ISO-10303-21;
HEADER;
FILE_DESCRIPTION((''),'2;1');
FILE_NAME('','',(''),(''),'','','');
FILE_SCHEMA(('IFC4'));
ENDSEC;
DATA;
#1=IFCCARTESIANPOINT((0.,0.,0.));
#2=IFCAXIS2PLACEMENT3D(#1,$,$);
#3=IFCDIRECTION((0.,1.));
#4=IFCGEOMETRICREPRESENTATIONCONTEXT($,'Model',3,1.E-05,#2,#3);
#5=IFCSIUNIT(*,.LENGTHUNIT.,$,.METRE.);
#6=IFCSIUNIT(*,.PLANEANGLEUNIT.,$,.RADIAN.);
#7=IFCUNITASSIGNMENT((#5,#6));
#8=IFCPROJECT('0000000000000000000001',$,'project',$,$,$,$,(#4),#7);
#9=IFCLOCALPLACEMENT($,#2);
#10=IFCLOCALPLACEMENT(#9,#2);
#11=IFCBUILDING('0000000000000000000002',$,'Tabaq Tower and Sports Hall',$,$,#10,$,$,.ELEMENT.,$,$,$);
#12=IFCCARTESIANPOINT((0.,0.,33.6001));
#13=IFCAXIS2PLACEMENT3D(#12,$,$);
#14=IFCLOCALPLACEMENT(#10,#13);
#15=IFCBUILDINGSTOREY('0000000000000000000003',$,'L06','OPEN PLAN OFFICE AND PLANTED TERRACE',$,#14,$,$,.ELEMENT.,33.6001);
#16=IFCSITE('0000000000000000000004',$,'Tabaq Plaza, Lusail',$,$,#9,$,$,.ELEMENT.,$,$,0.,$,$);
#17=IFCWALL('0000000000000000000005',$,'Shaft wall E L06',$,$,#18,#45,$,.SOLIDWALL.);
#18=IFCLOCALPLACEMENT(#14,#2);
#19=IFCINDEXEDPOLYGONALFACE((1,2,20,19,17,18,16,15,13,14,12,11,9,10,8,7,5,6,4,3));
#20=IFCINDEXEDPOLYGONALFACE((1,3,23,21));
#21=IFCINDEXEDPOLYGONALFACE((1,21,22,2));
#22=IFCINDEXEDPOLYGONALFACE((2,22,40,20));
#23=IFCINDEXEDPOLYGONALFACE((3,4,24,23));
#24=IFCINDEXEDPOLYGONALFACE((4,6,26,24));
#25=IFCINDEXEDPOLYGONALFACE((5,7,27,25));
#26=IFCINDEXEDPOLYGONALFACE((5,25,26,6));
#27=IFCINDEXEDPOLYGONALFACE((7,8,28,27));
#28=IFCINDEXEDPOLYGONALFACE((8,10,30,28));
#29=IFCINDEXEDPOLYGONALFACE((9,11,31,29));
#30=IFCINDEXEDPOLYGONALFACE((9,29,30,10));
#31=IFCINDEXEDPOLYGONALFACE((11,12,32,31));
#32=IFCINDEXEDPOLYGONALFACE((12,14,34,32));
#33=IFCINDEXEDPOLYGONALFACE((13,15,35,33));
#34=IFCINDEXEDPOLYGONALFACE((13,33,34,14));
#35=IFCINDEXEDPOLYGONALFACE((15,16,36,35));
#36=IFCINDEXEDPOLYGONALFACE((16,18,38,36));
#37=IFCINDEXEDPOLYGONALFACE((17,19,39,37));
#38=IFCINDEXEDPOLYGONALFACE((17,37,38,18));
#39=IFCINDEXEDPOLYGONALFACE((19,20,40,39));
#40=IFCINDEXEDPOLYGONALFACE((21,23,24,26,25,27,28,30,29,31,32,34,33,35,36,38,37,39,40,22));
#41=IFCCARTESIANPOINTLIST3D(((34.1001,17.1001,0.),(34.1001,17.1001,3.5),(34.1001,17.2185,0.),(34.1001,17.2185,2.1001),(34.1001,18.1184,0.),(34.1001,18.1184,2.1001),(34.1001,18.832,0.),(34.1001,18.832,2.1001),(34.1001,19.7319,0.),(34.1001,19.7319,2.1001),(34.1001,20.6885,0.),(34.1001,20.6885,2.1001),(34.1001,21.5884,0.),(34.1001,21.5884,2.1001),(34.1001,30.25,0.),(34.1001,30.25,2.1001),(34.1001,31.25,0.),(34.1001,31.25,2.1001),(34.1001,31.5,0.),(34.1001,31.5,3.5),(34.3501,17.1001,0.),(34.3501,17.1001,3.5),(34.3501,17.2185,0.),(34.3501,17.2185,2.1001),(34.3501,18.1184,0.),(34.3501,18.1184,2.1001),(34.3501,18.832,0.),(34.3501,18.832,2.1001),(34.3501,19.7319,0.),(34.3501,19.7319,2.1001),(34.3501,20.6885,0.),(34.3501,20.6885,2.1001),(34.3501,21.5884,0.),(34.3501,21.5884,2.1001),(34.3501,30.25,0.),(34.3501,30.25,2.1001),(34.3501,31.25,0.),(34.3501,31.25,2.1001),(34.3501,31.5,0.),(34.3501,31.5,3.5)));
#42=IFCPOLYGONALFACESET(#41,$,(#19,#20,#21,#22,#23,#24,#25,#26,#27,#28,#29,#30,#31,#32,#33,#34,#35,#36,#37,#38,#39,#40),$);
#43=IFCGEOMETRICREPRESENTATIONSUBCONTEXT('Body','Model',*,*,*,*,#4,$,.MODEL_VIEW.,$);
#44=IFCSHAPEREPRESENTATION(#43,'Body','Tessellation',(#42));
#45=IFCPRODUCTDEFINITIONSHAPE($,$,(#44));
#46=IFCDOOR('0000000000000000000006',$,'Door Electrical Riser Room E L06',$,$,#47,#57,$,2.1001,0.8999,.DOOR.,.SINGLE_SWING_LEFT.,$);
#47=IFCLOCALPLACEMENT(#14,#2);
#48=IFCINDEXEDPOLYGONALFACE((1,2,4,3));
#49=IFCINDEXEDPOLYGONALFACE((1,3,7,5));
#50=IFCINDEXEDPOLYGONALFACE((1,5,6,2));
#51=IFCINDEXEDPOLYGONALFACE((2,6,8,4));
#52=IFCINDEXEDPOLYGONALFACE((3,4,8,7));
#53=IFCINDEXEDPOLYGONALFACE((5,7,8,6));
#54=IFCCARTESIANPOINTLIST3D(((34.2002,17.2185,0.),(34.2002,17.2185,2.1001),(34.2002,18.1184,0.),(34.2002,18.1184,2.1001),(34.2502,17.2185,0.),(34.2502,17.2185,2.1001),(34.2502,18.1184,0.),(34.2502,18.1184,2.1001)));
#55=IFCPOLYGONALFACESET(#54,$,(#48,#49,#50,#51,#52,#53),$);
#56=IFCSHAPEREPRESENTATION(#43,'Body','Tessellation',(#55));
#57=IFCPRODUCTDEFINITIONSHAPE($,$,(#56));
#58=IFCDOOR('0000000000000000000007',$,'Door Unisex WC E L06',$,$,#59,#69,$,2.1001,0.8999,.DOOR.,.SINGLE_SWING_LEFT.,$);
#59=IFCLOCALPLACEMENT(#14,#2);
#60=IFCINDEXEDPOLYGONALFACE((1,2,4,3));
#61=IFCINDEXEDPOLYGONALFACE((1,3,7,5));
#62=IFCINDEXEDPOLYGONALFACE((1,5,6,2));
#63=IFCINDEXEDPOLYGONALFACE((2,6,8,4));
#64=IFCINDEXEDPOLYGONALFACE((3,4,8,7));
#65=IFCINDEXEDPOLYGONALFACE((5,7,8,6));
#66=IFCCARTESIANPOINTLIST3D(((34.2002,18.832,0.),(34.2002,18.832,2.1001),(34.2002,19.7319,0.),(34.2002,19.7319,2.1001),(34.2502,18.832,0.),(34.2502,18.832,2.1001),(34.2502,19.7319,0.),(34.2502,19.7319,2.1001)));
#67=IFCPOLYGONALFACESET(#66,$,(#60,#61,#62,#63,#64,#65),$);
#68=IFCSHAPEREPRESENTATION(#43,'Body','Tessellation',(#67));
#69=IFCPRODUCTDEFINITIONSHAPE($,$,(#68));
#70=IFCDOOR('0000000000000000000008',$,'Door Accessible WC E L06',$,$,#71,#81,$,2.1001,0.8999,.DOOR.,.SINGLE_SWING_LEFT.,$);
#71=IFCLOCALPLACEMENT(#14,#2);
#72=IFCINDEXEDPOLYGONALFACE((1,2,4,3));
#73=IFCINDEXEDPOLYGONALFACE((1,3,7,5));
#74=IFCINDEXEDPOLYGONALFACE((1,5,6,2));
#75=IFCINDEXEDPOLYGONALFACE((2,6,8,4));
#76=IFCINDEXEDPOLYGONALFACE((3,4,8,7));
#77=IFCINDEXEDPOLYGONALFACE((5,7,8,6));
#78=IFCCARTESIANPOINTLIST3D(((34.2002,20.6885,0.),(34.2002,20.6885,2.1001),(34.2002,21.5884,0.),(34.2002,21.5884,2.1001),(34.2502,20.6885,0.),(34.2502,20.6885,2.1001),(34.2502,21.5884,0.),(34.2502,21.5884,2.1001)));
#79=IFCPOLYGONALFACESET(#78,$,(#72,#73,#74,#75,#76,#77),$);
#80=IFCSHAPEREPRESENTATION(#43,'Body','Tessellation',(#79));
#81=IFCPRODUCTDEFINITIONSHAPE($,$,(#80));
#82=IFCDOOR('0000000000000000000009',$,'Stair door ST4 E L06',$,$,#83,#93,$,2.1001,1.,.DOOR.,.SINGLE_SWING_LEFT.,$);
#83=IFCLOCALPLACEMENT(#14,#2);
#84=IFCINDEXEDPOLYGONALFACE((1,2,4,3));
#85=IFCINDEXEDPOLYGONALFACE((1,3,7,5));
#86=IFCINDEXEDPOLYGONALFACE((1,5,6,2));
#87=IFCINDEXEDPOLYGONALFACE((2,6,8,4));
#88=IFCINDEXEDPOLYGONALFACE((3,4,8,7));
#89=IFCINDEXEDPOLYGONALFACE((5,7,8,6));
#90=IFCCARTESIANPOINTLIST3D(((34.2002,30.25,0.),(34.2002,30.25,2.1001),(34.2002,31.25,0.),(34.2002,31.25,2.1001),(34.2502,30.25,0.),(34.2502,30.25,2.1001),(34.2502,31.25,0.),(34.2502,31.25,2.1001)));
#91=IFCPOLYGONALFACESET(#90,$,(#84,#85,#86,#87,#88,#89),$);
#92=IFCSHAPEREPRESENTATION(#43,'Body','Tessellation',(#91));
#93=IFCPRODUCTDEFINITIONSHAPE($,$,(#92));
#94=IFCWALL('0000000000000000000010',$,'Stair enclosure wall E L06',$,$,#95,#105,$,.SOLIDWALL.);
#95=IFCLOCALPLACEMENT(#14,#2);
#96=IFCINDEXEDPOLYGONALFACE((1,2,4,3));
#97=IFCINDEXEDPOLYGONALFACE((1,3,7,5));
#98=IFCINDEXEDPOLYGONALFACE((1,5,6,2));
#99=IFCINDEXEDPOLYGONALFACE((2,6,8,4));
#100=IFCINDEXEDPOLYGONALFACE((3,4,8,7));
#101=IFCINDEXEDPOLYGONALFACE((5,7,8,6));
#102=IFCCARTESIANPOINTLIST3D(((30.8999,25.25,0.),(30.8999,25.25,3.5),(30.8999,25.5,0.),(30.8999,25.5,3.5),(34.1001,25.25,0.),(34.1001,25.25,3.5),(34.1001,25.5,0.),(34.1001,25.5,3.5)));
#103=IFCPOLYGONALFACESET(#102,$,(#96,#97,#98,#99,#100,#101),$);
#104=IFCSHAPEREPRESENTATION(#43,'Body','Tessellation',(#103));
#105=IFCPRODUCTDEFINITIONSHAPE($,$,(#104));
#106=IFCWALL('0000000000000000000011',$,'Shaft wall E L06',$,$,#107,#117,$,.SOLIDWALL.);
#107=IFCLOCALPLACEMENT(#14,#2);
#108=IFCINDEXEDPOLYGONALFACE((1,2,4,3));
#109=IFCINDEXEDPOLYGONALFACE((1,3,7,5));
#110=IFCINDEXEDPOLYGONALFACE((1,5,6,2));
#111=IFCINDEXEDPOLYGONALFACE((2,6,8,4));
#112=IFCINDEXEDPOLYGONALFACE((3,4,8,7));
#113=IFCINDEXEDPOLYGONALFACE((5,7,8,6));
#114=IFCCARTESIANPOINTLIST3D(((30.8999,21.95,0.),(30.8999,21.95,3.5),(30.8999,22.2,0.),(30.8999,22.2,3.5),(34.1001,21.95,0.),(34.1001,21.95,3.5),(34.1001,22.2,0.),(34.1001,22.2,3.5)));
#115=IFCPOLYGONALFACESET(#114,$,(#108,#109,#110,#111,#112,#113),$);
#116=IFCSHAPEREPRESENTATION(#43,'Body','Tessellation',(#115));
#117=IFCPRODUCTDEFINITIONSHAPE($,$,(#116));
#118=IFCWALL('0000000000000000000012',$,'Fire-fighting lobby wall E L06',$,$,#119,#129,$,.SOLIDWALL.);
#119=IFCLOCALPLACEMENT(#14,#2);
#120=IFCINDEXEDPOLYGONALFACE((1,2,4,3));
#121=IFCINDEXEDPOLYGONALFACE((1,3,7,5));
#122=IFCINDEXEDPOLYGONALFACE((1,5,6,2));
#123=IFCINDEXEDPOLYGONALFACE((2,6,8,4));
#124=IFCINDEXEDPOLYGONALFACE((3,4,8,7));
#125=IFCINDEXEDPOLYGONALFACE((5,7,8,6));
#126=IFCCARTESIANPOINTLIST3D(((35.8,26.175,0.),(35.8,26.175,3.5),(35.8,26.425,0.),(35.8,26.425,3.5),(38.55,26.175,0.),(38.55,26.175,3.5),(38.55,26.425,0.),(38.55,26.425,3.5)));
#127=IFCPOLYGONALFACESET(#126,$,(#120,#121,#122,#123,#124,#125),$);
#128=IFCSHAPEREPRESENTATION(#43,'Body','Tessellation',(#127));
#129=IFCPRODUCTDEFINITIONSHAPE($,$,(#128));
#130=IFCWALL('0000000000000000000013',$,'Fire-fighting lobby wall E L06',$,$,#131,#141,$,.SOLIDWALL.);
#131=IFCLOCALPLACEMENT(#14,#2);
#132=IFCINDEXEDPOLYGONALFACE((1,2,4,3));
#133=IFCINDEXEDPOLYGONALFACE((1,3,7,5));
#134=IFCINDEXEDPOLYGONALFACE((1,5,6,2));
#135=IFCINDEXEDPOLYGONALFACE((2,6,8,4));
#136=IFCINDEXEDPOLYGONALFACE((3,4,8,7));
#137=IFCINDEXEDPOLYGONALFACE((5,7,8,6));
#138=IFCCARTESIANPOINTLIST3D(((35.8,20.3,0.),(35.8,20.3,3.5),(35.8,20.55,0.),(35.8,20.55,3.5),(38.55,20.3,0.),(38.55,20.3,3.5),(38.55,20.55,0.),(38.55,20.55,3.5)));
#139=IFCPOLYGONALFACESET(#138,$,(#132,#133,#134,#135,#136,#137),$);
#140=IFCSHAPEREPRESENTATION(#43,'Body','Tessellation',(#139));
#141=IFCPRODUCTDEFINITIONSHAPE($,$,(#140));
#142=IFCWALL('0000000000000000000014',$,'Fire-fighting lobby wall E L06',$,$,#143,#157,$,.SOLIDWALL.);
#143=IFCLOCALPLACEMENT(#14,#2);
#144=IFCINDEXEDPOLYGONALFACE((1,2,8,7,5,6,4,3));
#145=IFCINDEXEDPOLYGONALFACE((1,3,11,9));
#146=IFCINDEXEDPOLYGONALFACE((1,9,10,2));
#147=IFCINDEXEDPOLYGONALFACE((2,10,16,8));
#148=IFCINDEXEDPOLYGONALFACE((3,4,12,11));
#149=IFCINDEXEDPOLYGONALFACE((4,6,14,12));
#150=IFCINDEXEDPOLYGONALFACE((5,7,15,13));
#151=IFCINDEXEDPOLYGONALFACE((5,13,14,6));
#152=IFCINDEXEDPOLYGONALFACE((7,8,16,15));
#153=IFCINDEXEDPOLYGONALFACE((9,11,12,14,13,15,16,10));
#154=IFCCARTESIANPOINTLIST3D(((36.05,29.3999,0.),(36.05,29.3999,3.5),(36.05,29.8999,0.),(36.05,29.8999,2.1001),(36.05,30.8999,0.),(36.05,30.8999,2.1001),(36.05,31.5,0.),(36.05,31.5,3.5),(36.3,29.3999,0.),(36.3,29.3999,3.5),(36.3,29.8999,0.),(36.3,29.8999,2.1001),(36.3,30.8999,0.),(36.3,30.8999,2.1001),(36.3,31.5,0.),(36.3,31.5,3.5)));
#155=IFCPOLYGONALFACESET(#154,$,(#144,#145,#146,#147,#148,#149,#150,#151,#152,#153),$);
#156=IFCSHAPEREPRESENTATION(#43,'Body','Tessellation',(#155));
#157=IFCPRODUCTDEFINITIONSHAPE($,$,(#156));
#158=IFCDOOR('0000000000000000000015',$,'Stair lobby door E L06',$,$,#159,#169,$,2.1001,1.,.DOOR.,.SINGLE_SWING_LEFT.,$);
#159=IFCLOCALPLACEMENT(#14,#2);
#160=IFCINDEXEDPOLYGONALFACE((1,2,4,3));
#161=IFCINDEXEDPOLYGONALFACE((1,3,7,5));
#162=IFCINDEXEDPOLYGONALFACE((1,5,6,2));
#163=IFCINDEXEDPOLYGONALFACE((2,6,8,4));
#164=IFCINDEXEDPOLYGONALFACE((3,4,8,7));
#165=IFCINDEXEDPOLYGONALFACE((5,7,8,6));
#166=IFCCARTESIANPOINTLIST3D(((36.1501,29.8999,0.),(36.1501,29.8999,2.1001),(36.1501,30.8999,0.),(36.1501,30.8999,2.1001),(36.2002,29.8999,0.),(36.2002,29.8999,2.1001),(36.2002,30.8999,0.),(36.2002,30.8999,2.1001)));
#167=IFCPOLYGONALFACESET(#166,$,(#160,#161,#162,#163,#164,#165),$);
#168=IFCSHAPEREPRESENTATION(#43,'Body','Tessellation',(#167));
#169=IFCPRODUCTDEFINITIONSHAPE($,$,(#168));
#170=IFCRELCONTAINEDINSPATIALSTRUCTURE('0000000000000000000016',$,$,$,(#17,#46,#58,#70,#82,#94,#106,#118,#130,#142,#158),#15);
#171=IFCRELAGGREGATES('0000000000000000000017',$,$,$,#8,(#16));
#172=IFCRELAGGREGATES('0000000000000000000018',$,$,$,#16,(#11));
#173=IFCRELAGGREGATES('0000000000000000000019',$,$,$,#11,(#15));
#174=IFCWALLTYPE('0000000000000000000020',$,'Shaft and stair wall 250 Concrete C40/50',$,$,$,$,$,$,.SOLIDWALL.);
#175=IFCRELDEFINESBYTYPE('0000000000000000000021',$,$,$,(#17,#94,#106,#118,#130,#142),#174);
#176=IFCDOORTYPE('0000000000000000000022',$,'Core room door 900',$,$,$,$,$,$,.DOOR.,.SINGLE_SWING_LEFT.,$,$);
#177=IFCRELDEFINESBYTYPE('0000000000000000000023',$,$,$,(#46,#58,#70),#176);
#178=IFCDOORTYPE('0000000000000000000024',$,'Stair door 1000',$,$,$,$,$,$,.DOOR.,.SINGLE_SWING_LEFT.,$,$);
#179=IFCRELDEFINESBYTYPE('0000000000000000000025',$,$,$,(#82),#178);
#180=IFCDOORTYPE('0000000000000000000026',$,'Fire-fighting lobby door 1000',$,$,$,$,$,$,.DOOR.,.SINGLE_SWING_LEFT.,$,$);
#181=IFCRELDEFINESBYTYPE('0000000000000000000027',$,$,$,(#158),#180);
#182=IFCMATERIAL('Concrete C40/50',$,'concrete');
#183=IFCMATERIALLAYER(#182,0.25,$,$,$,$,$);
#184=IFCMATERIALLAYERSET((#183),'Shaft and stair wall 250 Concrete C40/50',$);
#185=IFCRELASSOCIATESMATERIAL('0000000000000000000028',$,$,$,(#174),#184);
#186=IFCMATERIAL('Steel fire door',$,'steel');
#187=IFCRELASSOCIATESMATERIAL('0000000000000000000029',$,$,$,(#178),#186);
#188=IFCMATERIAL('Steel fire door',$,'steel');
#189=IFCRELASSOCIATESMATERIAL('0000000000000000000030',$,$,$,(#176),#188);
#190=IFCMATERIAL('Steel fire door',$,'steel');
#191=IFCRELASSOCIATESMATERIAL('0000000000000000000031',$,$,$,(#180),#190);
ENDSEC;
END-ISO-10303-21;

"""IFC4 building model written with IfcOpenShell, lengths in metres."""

from ifc_helpers import new_model, si_unit, direction, frame, frame_2d, origin, place, context, subcontext, project, spatial, rectangle, extrude, material, layer, layer_set, type_object, element, fill, save


model = new_model("IFC4")

# Units and contexts
model_context = context("Model", 3, precision=1e-05, world=origin(), true_north=direction((0.0, 1.0)))
body_context = subcontext(model_context, "Body", "Model", "MODEL_VIEW")
ifc_project = project(units=[si_unit("LENGTHUNIT", "METRE"), si_unit("PLANEANGLEUNIT", "RADIAN")], contexts=[model_context])

# Site, building, storey
site_placement = place(None, origin())
site = spatial("IfcSite", under=ifc_project, at=site_placement, Name="Tabaq Plaza, Lusail", CompositionType="ELEMENT", RefElevation=0.0)
building_placement = place(site_placement, origin())
building = spatial("IfcBuilding", under=site, at=building_placement, Name="Tabaq Tower and Sports Hall", CompositionType="ELEMENT")
storey_placement = place(building_placement, frame((0.0, 0.0, 33.6001)))
storey = spatial("IfcBuildingStorey", under=building, at=storey_placement, Name="L06", Description="OPEN PLAN OFFICE AND PLANTED TERRACE", CompositionType="ELEMENT", Elevation=33.6001)

# Wall, openings, doors
ifc_material_1 = material(Name="Concrete C40/50", Category="concrete")
ifc_layer_1 = layer(ifc_material_1, 0.25)
ifc_layer_set_1 = layer_set([ifc_layer_1], Name="Shaft and stair wall 250 Concrete C40/50")
wall_type_1 = type_object("IfcWallType", Name="Shaft and stair wall 250 Concrete C40/50", PredefinedType="SOLIDWALL", material=ifc_layer_set_1)
ifc_material_2 = material(Name="Steel fire door", Category="steel")
door_type_1 = type_object("IfcDoorType", Name="Stair door 1000", OperationType="SINGLE_SWING_LEFT", PredefinedType="DOOR", material=ifc_material_2)
wall_1_placement = place(storey_placement, frame((34.2251, 17.1001, 0.0), z_axis=(0.0, 0.0, 1.0), x_axis=(0.0, 1.0, 0.0)))
wall_1 = element("IfcWall", 1, at=wall_1_placement, inside=storey, type_object=wall_type_1, Name="Shaft wall E L06", PredefinedType="SOLIDWALL", context=body_context, shape_type="SweptSolid", body=[
    extrude(rectangle(XDim=14.3999, YDim=0.25, at=frame_2d((7.2, 0.0))), origin(), (0.0, 0.0, 1.0), 3.5),
])
opening_1_placement = place(wall_1_placement, frame((13.1499, 0.0, 0.0)))
opening_1 = element("IfcOpeningElement", 2, at=opening_1_placement, cuts=wall_1, PredefinedType="OPENING", context=body_context, shape_type="SweptSolid", body=[
    extrude(rectangle(XDim=1.0, YDim=2.1001, at=frame_2d((0.5, 1.05))), frame((0.0, 0.125, 0.0), z_axis=(0.0, -1.0, 0.0), x_axis=(1.0, 0.0, 0.0)), (0.0, 0.0, 1.0), 0.25),
])
opening_2_placement = place(wall_1_placement, frame((0.1184, 0.0, 0.0)))
opening_2 = element("IfcOpeningElement", 3, at=opening_2_placement, cuts=wall_1, PredefinedType="OPENING", context=body_context, shape_type="SweptSolid", body=[
    extrude(rectangle(XDim=0.8999, YDim=2.1001, at=frame_2d((0.45, 1.05))), frame((0.0, 0.125, 0.0), z_axis=(0.0, -1.0, 0.0), x_axis=(1.0, 0.0, 0.0)), (0.0, 0.0, 1.0), 0.25),
])
opening_3_placement = place(wall_1_placement, frame((1.7319, 0.0, 0.0)))
opening_3 = element("IfcOpeningElement", 4, at=opening_3_placement, cuts=wall_1, PredefinedType="OPENING", context=body_context, shape_type="SweptSolid", body=[
    extrude(rectangle(XDim=0.8999, YDim=2.1001, at=frame_2d((0.45, 1.05))), frame((0.0, 0.125, 0.0), z_axis=(0.0, -1.0, 0.0), x_axis=(1.0, 0.0, 0.0)), (0.0, 0.0, 1.0), 0.25),
])
opening_4_placement = place(wall_1_placement, frame((3.5884, 0.0, 0.0)))
opening_4 = element("IfcOpeningElement", 5, at=opening_4_placement, cuts=wall_1, PredefinedType="OPENING", context=body_context, shape_type="SweptSolid", body=[
    extrude(rectangle(XDim=0.8999, YDim=2.1001, at=frame_2d((0.45, 1.05))), frame((0.0, 0.125, 0.0), z_axis=(0.0, -1.0, 0.0), x_axis=(1.0, 0.0, 0.0)), (0.0, 0.0, 1.0), 0.25),
])
ifc_material_3 = material(Name="Steel fire door", Category="steel")
door_type_2 = type_object("IfcDoorType", Name="Core room door 900", OperationType="SINGLE_SWING_LEFT", PredefinedType="DOOR", material=ifc_material_3)
door_1_placement = place(opening_2_placement, origin())
door_1 = element("IfcDoor", 6, at=door_1_placement, inside=storey, type_object=door_type_2, Name="Door Electrical Riser Room E L06", OperationType="SINGLE_SWING_LEFT", OverallHeight=2.1001, OverallWidth=0.8999, PredefinedType="DOOR", context=body_context, shape_type="SweptSolid", body=[
    extrude(rectangle(XDim=0.8999, YDim=2.1001, at=frame_2d((0.45, 1.05))), frame((0.0, 0.0249, 0.0), z_axis=(0.0, -1.0, 0.0), x_axis=(1.0, 0.0, 0.0)), (0.0, 0.0, 1.0), 0.05),
])
fill(opening_2, door_1)
door_2_placement = place(opening_3_placement, origin())
door_2 = element("IfcDoor", 7, at=door_2_placement, inside=storey, type_object=door_type_2, Name="Door Unisex WC E L06", OperationType="SINGLE_SWING_LEFT", OverallHeight=2.1001, OverallWidth=0.8999, PredefinedType="DOOR", context=body_context, shape_type="SweptSolid", body=[
    extrude(rectangle(XDim=0.8999, YDim=2.1001, at=frame_2d((0.45, 1.05))), frame((0.0, 0.0249, 0.0), z_axis=(0.0, -1.0, 0.0), x_axis=(1.0, 0.0, 0.0)), (0.0, 0.0, 1.0), 0.05),
])
fill(opening_3, door_2)
door_3_placement = place(opening_4_placement, origin())
door_3 = element("IfcDoor", 8, at=door_3_placement, inside=storey, type_object=door_type_2, Name="Door Accessible WC E L06", OperationType="SINGLE_SWING_LEFT", OverallHeight=2.1001, OverallWidth=0.8999, PredefinedType="DOOR", context=body_context, shape_type="SweptSolid", body=[
    extrude(rectangle(XDim=0.8999, YDim=2.1001, at=frame_2d((0.45, 1.05))), frame((0.0, 0.0249, 0.0), z_axis=(0.0, -1.0, 0.0), x_axis=(1.0, 0.0, 0.0)), (0.0, 0.0, 1.0), 0.05),
])
fill(opening_4, door_3)
door_4_placement = place(opening_1_placement, origin())
door_4 = element("IfcDoor", 9, at=door_4_placement, inside=storey, type_object=door_type_1, Name="Stair door ST4 E L06", OperationType="SINGLE_SWING_LEFT", OverallHeight=2.1001, OverallWidth=1.0, PredefinedType="DOOR", context=body_context, shape_type="SweptSolid", body=[
    extrude(rectangle(XDim=1.0, YDim=2.1001, at=frame_2d((0.5, 1.05))), frame((0.0, 0.0249, 0.0), z_axis=(0.0, -1.0, 0.0), x_axis=(1.0, 0.0, 0.0)), (0.0, 0.0, 1.0), 0.05),
])
fill(opening_1, door_4)

# Walls
for number, where, z_axis, x_axis, name in (
    (10, (30.8999, 25.375, 0.0), (0.0, 0.0, 1.0), (1.0, 0.0, 0.0), "Stair enclosure wall E L06"),
    (11, (30.8999, 22.075, 0.0), (0.0, 0.0, 1.0), (1.0, 0.0, 0.0), "Shaft wall E L06"),
):
    element("IfcWall", number, at=place(storey_placement, frame(where, z_axis=z_axis, x_axis=x_axis)), inside=storey, type_object=wall_type_1, Name=name, PredefinedType="SOLIDWALL", context=body_context, shape_type="SweptSolid", body=[
        extrude(rectangle(XDim=3.2002, YDim=0.25, at=frame_2d((1.6001, 0.0))), origin(), (0.0, 0.0, 1.0), 3.5),
    ])
for number, where, z_axis, x_axis, name in (
    (12, (35.8, 26.3, 0.0), (0.0, 0.0, 1.0), (1.0, 0.0, 0.0), "Fire-fighting lobby wall E L06"),
    (13, (35.8, 20.425, 0.0), (0.0, 0.0, 1.0), (1.0, 0.0, 0.0), "Fire-fighting lobby wall E L06"),
):
    element("IfcWall", number, at=place(storey_placement, frame(where, z_axis=z_axis, x_axis=x_axis)), inside=storey, type_object=wall_type_1, Name=name, PredefinedType="SOLIDWALL", context=body_context, shape_type="SweptSolid", body=[
        extrude(rectangle(XDim=2.75, YDim=0.25, at=frame_2d((1.375, 0.0))), origin(), (0.0, 0.0, 1.0), 3.5),
    ])

# Wall, opening, door
wall_2_placement = place(storey_placement, frame((36.175, 29.3999, 0.0), z_axis=(0.0, 0.0, 1.0), x_axis=(0.0, 1.0, 0.0)))
wall_2 = element("IfcWall", 14, at=wall_2_placement, inside=storey, type_object=wall_type_1, Name="Fire-fighting lobby wall E L06", PredefinedType="SOLIDWALL", context=body_context, shape_type="SweptSolid", body=[
    extrude(rectangle(XDim=2.1001, YDim=0.25, at=frame_2d((1.05, 0.0))), origin(), (0.0, 0.0, 1.0), 3.5),
])
opening_5_placement = place(wall_2_placement, frame((0.5, 0.0, 0.0)))
opening_5 = element("IfcOpeningElement", 15, at=opening_5_placement, cuts=wall_2, PredefinedType="OPENING", context=body_context, shape_type="SweptSolid", body=[
    extrude(rectangle(XDim=1.0, YDim=2.1001, at=frame_2d((0.5, 1.05))), frame((0.0, 0.125, 0.0), z_axis=(0.0, -1.0, 0.0), x_axis=(1.0, 0.0, 0.0)), (0.0, 0.0, 1.0), 0.25),
])
ifc_material_4 = material(Name="Steel fire door", Category="steel")
door_type_3 = type_object("IfcDoorType", Name="Fire-fighting lobby door 1000", OperationType="SINGLE_SWING_LEFT", PredefinedType="DOOR", material=ifc_material_4)
door_5_placement = place(opening_5_placement, origin())
door_5 = element("IfcDoor", 16, at=door_5_placement, inside=storey, type_object=door_type_3, Name="Stair lobby door E L06", OperationType="SINGLE_SWING_LEFT", OverallHeight=2.1001, OverallWidth=1.0, PredefinedType="DOOR", context=body_context, shape_type="SweptSolid", body=[
    extrude(rectangle(XDim=1.0, YDim=2.1001, at=frame_2d((0.5, 1.05))), frame((0.0, 0.0249, 0.0), z_axis=(0.0, -1.0, 0.0), x_axis=(1.0, 0.0, 0.0)), (0.0, 0.0, 1.0), 0.05),
])
fill(opening_5, door_5)

save(model, "model.ifc")
